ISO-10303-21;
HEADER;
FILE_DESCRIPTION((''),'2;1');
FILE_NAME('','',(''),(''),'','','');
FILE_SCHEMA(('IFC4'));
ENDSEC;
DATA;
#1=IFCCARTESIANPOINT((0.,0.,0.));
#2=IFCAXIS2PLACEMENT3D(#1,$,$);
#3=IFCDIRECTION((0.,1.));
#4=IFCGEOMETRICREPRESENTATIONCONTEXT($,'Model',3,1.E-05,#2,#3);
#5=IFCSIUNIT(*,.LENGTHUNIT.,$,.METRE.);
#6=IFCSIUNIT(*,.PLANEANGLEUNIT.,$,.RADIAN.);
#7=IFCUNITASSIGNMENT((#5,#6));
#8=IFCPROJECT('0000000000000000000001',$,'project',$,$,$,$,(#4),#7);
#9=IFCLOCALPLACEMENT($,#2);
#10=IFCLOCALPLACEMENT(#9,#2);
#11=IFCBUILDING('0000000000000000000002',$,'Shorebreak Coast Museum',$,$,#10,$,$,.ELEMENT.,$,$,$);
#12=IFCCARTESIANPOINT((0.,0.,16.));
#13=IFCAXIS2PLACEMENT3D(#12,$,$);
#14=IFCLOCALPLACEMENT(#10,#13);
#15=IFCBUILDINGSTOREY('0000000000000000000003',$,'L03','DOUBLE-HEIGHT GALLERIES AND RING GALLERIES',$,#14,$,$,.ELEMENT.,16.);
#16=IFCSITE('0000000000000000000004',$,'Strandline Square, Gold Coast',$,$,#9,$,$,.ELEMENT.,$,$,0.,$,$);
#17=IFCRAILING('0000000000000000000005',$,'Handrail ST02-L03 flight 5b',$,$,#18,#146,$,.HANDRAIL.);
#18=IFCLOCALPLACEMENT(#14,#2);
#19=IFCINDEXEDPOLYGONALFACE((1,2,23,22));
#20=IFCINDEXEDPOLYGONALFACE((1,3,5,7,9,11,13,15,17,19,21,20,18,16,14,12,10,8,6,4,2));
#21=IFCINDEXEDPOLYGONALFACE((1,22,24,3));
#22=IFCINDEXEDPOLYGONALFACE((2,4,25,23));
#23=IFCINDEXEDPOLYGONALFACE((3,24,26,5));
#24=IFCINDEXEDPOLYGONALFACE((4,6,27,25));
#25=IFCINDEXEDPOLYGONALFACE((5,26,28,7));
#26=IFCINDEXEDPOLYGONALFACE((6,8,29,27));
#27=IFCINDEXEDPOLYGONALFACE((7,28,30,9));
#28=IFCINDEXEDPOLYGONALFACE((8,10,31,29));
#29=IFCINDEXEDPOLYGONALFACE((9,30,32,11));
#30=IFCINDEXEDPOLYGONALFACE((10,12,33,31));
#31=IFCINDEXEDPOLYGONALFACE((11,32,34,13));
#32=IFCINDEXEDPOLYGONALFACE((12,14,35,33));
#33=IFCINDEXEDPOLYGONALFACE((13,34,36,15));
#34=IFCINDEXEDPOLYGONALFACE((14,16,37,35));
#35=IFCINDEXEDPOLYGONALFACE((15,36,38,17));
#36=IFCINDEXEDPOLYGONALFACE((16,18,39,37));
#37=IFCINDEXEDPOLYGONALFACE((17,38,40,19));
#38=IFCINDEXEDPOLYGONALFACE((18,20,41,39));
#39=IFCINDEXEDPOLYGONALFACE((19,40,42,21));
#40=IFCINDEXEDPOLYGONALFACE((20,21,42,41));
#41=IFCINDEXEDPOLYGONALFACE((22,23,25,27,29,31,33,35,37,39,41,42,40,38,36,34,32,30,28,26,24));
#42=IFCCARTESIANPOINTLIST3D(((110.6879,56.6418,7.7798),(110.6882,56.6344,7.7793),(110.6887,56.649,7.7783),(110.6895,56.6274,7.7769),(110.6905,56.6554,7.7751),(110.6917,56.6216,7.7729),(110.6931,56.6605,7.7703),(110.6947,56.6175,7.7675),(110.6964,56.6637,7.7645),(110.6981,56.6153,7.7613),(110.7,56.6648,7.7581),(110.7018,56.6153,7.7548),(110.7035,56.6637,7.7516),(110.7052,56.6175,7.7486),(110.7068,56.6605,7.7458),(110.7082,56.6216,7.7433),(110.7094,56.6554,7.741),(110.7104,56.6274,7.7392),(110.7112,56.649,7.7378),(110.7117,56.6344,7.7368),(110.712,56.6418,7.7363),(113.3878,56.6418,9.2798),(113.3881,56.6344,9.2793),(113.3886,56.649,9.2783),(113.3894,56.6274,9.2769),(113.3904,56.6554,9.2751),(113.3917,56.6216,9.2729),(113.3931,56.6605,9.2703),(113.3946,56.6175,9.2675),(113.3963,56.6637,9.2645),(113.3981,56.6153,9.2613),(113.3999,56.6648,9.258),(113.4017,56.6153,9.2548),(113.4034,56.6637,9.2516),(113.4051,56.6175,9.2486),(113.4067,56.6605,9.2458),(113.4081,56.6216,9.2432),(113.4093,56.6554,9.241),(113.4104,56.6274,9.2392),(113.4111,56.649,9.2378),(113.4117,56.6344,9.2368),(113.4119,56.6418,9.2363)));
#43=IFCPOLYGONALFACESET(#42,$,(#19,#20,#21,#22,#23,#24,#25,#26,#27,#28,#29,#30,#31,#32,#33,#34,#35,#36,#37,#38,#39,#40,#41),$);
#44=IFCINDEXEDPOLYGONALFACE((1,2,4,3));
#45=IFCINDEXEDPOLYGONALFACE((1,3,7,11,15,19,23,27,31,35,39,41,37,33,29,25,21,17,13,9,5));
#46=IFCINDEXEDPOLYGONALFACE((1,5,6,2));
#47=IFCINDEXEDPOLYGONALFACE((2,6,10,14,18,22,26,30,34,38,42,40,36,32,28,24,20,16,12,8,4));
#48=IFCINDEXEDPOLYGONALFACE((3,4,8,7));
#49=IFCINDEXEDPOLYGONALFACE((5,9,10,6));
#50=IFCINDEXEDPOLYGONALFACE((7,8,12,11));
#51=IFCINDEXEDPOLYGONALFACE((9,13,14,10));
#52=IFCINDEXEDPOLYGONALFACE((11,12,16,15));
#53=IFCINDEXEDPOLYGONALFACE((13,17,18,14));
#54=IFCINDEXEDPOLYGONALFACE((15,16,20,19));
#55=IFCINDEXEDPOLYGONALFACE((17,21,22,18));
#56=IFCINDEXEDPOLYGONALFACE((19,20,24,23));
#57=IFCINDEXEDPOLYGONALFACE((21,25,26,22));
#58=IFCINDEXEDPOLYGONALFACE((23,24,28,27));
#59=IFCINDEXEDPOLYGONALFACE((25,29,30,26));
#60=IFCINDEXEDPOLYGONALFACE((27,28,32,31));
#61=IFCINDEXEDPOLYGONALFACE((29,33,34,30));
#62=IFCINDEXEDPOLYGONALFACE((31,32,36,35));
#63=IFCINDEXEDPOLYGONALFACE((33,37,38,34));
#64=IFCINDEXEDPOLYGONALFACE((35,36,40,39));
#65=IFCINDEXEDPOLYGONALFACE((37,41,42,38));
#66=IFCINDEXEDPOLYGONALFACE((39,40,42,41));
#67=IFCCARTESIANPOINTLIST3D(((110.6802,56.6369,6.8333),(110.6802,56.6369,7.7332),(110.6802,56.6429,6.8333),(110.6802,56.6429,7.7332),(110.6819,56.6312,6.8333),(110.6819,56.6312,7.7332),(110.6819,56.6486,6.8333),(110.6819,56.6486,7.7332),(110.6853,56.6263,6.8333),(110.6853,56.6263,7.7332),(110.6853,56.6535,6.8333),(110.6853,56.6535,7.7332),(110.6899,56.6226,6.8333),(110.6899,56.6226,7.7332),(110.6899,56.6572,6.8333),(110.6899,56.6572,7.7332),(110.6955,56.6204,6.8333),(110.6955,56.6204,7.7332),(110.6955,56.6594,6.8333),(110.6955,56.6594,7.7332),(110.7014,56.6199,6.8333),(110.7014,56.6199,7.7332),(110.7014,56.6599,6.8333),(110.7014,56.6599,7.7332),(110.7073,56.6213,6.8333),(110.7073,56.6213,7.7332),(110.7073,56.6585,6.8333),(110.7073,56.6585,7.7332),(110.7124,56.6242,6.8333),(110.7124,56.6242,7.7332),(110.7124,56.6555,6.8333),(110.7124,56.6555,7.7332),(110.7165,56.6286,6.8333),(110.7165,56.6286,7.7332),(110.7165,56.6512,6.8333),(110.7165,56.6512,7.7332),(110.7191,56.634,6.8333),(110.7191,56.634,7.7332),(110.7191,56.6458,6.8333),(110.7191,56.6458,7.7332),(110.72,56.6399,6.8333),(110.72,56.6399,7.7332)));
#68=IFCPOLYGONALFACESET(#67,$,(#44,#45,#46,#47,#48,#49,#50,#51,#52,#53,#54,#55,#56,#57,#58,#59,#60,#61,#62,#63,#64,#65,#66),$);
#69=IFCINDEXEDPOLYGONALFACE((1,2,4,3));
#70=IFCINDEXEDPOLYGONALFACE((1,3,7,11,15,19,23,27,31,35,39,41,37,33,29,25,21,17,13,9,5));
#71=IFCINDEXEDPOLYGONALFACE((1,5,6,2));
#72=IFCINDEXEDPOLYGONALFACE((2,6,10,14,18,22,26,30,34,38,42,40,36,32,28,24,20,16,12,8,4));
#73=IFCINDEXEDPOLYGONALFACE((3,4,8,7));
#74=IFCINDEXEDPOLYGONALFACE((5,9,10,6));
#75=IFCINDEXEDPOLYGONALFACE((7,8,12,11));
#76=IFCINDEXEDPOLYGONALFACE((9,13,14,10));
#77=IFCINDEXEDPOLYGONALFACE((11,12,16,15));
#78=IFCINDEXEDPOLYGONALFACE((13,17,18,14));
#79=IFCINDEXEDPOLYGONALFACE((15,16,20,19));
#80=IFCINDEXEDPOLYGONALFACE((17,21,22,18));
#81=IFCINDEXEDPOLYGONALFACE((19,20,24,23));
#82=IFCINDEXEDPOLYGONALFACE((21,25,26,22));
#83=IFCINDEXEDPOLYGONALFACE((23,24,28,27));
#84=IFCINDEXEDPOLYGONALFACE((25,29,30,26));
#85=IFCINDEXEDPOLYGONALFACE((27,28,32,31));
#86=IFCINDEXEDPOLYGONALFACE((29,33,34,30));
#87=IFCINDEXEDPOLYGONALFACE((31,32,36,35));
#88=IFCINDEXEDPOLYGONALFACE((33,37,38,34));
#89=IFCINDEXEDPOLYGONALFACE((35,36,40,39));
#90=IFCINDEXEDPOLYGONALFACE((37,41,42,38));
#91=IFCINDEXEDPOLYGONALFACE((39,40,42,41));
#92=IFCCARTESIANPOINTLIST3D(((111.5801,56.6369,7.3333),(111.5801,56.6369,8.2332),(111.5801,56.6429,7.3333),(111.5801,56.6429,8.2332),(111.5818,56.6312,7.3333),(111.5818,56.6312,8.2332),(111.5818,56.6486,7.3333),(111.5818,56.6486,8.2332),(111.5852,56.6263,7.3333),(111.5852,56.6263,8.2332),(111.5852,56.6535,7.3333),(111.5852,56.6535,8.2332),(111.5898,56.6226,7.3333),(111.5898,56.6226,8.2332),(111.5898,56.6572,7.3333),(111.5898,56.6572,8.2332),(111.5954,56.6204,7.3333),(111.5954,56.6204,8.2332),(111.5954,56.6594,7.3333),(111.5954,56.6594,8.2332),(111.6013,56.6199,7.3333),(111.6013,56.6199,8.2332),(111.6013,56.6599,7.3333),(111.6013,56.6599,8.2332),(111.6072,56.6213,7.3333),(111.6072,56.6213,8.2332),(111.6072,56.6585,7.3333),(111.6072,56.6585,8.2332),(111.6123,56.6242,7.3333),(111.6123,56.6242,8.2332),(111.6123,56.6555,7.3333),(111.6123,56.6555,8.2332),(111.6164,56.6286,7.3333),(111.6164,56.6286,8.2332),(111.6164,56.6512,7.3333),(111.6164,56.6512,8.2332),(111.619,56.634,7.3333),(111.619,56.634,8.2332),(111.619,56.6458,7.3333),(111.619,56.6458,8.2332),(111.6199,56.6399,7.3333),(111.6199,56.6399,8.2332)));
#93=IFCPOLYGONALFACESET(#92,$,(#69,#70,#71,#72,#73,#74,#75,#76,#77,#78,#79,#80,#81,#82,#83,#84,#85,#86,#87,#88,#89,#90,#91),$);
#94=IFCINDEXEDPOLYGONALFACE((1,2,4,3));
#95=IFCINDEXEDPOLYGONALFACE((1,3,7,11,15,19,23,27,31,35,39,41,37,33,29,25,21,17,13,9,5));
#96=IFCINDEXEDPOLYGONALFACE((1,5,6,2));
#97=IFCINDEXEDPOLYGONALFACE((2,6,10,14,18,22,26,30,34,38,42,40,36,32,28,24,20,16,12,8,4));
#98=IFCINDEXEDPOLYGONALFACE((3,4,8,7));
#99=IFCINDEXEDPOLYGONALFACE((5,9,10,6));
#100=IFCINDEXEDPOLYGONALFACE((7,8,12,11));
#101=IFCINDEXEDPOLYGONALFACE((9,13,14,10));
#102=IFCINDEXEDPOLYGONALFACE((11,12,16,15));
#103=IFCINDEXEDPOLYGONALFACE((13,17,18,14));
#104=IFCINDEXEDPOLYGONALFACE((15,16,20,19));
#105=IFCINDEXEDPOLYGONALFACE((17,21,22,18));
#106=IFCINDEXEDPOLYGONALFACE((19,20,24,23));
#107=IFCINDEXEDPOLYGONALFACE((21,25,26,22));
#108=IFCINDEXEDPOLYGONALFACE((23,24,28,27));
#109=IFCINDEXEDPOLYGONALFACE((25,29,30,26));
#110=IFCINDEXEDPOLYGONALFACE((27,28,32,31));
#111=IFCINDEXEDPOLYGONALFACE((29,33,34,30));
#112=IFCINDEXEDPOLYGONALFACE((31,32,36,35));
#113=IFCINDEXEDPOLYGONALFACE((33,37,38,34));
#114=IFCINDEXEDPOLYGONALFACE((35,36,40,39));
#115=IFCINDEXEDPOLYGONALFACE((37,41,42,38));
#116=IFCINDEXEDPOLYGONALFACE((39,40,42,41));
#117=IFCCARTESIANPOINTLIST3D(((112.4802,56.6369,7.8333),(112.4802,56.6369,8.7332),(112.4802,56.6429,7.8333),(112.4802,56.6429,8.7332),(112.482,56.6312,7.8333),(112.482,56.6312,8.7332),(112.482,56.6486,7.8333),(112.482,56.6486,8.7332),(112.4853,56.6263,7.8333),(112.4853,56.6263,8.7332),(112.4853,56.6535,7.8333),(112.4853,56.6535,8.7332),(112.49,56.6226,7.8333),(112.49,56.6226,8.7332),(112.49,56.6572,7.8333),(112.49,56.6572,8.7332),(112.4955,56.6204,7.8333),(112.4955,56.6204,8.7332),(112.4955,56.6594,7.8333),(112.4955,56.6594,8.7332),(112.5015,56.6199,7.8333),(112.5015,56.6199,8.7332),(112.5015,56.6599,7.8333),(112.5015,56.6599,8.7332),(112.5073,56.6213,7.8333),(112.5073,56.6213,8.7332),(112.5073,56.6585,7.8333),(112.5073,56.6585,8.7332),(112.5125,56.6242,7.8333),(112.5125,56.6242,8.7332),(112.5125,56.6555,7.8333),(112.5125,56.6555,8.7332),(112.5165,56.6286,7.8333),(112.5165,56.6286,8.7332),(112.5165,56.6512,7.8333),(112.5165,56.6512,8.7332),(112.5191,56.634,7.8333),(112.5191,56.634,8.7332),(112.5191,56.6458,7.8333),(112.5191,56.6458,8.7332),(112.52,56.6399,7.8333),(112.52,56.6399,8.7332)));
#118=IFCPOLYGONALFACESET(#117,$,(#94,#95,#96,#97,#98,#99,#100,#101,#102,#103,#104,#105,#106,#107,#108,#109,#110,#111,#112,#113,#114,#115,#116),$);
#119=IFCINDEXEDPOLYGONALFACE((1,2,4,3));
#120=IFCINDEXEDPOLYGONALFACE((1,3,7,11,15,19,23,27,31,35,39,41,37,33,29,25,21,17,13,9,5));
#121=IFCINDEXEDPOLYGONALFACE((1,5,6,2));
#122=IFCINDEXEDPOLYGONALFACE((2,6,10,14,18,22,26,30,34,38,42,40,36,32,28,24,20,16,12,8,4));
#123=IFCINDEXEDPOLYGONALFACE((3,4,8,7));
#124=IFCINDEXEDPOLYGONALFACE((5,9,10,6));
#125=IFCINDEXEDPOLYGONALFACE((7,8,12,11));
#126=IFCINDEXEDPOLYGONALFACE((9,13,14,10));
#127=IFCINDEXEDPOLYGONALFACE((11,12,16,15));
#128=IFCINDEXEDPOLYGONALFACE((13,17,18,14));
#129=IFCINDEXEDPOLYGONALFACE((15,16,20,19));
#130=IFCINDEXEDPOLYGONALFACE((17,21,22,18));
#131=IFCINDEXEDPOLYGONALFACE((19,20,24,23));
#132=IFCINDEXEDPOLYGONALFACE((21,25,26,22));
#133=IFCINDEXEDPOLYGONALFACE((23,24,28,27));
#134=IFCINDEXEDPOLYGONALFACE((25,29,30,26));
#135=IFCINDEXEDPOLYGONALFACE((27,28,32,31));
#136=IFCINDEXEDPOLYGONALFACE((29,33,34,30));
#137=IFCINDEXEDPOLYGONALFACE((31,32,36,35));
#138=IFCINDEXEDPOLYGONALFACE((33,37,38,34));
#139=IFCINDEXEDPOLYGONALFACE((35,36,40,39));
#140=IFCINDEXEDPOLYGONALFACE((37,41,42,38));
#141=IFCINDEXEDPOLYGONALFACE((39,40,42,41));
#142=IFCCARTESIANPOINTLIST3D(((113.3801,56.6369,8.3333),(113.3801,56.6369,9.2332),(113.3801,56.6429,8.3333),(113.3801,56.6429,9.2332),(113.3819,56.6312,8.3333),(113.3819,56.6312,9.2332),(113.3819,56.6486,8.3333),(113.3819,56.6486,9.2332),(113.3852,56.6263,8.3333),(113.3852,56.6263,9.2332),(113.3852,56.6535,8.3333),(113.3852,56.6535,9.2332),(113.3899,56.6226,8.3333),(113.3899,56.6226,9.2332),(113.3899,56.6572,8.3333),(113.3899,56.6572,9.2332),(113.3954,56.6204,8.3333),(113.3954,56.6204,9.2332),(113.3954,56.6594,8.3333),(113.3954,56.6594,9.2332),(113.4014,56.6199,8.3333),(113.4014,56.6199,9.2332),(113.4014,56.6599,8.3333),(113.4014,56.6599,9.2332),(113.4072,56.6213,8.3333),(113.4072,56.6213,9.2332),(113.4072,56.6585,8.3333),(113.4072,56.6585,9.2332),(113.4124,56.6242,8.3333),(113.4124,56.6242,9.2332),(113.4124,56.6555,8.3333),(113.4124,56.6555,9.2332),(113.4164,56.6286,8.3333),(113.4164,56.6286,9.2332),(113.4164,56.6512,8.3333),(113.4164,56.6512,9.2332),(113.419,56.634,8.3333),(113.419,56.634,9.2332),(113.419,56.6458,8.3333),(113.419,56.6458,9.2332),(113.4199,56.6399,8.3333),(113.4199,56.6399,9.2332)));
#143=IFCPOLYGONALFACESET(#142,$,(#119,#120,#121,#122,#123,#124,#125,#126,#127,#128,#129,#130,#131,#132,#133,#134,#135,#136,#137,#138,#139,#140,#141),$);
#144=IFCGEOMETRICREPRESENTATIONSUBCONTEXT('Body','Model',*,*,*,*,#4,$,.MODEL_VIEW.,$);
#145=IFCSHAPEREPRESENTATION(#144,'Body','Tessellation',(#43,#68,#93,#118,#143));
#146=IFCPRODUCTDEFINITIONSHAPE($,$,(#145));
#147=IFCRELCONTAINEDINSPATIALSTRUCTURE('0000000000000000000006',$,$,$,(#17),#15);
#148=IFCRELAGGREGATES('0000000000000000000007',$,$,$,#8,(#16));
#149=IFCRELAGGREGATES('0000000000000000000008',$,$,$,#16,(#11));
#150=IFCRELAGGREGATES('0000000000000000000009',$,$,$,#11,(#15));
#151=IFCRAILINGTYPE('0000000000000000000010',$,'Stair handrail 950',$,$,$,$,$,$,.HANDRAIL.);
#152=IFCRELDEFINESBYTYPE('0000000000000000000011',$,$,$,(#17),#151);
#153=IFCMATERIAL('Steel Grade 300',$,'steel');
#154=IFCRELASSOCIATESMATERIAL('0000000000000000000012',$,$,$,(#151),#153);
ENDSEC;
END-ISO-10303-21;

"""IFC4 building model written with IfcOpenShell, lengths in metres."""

from ifc_helpers import new_model, si_unit, direction, frame, origin, origin_2d, place, context, subcontext, project, spatial, circle, extrude, material, type_object, element, save


model = new_model("IFC4")

# Units and contexts
model_context = context("Model", 3, precision=1e-05, world=origin(), true_north=direction((0.0, 1.0)))
body_context = subcontext(model_context, "Body", "Model", "MODEL_VIEW")
ifc_project = project(units=[si_unit("LENGTHUNIT", "METRE"), si_unit("PLANEANGLEUNIT", "RADIAN")], contexts=[model_context])

# Site, building, storey
site_placement = place(None, origin())
site = spatial("IfcSite", under=ifc_project, at=site_placement, Name="Strandline Square, Gold Coast", CompositionType="ELEMENT", RefElevation=0.0)
building_placement = place(site_placement, origin())
building = spatial("IfcBuilding", under=site, at=building_placement, Name="Shorebreak Coast Museum", CompositionType="ELEMENT")
storey_placement = place(building_placement, frame((0.0, 0.0, 16.0)))
storey = spatial("IfcBuildingStorey", under=building, at=storey_placement, Name="L03", Description="DOUBLE-HEIGHT GALLERIES AND RING GALLERIES", CompositionType="ELEMENT", Elevation=16.0)

# Railing
ifc_material_1 = material(Name="Steel Grade 300", Category="steel")
railing_type_1 = type_object("IfcRailingType", Name="Stair handrail 950", PredefinedType="HANDRAIL", material=ifc_material_1)
for number, where, name in (
    (1, (110.7, 56.6399, 6.8333), "Handrail ST02-L03 flight 5b"),
):
    element("IfcRailing", number, at=place(storey_placement, frame(where)), inside=storey, type_object=railing_type_1, Name=name, PredefinedType="HANDRAIL", context=body_context, shape_type="SweptSolid", body=[
        extrude(circle(Radius=0.0249, at=origin_2d()), frame((0.0, 0.0, 0.9248), z_axis=(0.874154, 0.0, 0.48565), x_axis=(0.0, 1.0, 0.0)), (0.0, 0.0, 1.0), 3.0886),
        extrude(circle(Radius=0.02, at=origin_2d()), origin(), (0.0, 0.0, 1.0), 0.8999),
        extrude(circle(Radius=0.02, at=origin_2d()), frame((0.8999, 0.0, 0.5)), (0.0, 0.0, 1.0), 0.8999),
        extrude(circle(Radius=0.02, at=origin_2d()), frame((1.8, 0.0, 1.0)), (0.0, 0.0, 1.0), 0.8999),
        extrude(circle(Radius=0.02, at=origin_2d()), frame((2.7, 0.0, 1.5)), (0.0, 0.0, 1.0), 0.8999),
    ])

save(model, "model.ifc")
